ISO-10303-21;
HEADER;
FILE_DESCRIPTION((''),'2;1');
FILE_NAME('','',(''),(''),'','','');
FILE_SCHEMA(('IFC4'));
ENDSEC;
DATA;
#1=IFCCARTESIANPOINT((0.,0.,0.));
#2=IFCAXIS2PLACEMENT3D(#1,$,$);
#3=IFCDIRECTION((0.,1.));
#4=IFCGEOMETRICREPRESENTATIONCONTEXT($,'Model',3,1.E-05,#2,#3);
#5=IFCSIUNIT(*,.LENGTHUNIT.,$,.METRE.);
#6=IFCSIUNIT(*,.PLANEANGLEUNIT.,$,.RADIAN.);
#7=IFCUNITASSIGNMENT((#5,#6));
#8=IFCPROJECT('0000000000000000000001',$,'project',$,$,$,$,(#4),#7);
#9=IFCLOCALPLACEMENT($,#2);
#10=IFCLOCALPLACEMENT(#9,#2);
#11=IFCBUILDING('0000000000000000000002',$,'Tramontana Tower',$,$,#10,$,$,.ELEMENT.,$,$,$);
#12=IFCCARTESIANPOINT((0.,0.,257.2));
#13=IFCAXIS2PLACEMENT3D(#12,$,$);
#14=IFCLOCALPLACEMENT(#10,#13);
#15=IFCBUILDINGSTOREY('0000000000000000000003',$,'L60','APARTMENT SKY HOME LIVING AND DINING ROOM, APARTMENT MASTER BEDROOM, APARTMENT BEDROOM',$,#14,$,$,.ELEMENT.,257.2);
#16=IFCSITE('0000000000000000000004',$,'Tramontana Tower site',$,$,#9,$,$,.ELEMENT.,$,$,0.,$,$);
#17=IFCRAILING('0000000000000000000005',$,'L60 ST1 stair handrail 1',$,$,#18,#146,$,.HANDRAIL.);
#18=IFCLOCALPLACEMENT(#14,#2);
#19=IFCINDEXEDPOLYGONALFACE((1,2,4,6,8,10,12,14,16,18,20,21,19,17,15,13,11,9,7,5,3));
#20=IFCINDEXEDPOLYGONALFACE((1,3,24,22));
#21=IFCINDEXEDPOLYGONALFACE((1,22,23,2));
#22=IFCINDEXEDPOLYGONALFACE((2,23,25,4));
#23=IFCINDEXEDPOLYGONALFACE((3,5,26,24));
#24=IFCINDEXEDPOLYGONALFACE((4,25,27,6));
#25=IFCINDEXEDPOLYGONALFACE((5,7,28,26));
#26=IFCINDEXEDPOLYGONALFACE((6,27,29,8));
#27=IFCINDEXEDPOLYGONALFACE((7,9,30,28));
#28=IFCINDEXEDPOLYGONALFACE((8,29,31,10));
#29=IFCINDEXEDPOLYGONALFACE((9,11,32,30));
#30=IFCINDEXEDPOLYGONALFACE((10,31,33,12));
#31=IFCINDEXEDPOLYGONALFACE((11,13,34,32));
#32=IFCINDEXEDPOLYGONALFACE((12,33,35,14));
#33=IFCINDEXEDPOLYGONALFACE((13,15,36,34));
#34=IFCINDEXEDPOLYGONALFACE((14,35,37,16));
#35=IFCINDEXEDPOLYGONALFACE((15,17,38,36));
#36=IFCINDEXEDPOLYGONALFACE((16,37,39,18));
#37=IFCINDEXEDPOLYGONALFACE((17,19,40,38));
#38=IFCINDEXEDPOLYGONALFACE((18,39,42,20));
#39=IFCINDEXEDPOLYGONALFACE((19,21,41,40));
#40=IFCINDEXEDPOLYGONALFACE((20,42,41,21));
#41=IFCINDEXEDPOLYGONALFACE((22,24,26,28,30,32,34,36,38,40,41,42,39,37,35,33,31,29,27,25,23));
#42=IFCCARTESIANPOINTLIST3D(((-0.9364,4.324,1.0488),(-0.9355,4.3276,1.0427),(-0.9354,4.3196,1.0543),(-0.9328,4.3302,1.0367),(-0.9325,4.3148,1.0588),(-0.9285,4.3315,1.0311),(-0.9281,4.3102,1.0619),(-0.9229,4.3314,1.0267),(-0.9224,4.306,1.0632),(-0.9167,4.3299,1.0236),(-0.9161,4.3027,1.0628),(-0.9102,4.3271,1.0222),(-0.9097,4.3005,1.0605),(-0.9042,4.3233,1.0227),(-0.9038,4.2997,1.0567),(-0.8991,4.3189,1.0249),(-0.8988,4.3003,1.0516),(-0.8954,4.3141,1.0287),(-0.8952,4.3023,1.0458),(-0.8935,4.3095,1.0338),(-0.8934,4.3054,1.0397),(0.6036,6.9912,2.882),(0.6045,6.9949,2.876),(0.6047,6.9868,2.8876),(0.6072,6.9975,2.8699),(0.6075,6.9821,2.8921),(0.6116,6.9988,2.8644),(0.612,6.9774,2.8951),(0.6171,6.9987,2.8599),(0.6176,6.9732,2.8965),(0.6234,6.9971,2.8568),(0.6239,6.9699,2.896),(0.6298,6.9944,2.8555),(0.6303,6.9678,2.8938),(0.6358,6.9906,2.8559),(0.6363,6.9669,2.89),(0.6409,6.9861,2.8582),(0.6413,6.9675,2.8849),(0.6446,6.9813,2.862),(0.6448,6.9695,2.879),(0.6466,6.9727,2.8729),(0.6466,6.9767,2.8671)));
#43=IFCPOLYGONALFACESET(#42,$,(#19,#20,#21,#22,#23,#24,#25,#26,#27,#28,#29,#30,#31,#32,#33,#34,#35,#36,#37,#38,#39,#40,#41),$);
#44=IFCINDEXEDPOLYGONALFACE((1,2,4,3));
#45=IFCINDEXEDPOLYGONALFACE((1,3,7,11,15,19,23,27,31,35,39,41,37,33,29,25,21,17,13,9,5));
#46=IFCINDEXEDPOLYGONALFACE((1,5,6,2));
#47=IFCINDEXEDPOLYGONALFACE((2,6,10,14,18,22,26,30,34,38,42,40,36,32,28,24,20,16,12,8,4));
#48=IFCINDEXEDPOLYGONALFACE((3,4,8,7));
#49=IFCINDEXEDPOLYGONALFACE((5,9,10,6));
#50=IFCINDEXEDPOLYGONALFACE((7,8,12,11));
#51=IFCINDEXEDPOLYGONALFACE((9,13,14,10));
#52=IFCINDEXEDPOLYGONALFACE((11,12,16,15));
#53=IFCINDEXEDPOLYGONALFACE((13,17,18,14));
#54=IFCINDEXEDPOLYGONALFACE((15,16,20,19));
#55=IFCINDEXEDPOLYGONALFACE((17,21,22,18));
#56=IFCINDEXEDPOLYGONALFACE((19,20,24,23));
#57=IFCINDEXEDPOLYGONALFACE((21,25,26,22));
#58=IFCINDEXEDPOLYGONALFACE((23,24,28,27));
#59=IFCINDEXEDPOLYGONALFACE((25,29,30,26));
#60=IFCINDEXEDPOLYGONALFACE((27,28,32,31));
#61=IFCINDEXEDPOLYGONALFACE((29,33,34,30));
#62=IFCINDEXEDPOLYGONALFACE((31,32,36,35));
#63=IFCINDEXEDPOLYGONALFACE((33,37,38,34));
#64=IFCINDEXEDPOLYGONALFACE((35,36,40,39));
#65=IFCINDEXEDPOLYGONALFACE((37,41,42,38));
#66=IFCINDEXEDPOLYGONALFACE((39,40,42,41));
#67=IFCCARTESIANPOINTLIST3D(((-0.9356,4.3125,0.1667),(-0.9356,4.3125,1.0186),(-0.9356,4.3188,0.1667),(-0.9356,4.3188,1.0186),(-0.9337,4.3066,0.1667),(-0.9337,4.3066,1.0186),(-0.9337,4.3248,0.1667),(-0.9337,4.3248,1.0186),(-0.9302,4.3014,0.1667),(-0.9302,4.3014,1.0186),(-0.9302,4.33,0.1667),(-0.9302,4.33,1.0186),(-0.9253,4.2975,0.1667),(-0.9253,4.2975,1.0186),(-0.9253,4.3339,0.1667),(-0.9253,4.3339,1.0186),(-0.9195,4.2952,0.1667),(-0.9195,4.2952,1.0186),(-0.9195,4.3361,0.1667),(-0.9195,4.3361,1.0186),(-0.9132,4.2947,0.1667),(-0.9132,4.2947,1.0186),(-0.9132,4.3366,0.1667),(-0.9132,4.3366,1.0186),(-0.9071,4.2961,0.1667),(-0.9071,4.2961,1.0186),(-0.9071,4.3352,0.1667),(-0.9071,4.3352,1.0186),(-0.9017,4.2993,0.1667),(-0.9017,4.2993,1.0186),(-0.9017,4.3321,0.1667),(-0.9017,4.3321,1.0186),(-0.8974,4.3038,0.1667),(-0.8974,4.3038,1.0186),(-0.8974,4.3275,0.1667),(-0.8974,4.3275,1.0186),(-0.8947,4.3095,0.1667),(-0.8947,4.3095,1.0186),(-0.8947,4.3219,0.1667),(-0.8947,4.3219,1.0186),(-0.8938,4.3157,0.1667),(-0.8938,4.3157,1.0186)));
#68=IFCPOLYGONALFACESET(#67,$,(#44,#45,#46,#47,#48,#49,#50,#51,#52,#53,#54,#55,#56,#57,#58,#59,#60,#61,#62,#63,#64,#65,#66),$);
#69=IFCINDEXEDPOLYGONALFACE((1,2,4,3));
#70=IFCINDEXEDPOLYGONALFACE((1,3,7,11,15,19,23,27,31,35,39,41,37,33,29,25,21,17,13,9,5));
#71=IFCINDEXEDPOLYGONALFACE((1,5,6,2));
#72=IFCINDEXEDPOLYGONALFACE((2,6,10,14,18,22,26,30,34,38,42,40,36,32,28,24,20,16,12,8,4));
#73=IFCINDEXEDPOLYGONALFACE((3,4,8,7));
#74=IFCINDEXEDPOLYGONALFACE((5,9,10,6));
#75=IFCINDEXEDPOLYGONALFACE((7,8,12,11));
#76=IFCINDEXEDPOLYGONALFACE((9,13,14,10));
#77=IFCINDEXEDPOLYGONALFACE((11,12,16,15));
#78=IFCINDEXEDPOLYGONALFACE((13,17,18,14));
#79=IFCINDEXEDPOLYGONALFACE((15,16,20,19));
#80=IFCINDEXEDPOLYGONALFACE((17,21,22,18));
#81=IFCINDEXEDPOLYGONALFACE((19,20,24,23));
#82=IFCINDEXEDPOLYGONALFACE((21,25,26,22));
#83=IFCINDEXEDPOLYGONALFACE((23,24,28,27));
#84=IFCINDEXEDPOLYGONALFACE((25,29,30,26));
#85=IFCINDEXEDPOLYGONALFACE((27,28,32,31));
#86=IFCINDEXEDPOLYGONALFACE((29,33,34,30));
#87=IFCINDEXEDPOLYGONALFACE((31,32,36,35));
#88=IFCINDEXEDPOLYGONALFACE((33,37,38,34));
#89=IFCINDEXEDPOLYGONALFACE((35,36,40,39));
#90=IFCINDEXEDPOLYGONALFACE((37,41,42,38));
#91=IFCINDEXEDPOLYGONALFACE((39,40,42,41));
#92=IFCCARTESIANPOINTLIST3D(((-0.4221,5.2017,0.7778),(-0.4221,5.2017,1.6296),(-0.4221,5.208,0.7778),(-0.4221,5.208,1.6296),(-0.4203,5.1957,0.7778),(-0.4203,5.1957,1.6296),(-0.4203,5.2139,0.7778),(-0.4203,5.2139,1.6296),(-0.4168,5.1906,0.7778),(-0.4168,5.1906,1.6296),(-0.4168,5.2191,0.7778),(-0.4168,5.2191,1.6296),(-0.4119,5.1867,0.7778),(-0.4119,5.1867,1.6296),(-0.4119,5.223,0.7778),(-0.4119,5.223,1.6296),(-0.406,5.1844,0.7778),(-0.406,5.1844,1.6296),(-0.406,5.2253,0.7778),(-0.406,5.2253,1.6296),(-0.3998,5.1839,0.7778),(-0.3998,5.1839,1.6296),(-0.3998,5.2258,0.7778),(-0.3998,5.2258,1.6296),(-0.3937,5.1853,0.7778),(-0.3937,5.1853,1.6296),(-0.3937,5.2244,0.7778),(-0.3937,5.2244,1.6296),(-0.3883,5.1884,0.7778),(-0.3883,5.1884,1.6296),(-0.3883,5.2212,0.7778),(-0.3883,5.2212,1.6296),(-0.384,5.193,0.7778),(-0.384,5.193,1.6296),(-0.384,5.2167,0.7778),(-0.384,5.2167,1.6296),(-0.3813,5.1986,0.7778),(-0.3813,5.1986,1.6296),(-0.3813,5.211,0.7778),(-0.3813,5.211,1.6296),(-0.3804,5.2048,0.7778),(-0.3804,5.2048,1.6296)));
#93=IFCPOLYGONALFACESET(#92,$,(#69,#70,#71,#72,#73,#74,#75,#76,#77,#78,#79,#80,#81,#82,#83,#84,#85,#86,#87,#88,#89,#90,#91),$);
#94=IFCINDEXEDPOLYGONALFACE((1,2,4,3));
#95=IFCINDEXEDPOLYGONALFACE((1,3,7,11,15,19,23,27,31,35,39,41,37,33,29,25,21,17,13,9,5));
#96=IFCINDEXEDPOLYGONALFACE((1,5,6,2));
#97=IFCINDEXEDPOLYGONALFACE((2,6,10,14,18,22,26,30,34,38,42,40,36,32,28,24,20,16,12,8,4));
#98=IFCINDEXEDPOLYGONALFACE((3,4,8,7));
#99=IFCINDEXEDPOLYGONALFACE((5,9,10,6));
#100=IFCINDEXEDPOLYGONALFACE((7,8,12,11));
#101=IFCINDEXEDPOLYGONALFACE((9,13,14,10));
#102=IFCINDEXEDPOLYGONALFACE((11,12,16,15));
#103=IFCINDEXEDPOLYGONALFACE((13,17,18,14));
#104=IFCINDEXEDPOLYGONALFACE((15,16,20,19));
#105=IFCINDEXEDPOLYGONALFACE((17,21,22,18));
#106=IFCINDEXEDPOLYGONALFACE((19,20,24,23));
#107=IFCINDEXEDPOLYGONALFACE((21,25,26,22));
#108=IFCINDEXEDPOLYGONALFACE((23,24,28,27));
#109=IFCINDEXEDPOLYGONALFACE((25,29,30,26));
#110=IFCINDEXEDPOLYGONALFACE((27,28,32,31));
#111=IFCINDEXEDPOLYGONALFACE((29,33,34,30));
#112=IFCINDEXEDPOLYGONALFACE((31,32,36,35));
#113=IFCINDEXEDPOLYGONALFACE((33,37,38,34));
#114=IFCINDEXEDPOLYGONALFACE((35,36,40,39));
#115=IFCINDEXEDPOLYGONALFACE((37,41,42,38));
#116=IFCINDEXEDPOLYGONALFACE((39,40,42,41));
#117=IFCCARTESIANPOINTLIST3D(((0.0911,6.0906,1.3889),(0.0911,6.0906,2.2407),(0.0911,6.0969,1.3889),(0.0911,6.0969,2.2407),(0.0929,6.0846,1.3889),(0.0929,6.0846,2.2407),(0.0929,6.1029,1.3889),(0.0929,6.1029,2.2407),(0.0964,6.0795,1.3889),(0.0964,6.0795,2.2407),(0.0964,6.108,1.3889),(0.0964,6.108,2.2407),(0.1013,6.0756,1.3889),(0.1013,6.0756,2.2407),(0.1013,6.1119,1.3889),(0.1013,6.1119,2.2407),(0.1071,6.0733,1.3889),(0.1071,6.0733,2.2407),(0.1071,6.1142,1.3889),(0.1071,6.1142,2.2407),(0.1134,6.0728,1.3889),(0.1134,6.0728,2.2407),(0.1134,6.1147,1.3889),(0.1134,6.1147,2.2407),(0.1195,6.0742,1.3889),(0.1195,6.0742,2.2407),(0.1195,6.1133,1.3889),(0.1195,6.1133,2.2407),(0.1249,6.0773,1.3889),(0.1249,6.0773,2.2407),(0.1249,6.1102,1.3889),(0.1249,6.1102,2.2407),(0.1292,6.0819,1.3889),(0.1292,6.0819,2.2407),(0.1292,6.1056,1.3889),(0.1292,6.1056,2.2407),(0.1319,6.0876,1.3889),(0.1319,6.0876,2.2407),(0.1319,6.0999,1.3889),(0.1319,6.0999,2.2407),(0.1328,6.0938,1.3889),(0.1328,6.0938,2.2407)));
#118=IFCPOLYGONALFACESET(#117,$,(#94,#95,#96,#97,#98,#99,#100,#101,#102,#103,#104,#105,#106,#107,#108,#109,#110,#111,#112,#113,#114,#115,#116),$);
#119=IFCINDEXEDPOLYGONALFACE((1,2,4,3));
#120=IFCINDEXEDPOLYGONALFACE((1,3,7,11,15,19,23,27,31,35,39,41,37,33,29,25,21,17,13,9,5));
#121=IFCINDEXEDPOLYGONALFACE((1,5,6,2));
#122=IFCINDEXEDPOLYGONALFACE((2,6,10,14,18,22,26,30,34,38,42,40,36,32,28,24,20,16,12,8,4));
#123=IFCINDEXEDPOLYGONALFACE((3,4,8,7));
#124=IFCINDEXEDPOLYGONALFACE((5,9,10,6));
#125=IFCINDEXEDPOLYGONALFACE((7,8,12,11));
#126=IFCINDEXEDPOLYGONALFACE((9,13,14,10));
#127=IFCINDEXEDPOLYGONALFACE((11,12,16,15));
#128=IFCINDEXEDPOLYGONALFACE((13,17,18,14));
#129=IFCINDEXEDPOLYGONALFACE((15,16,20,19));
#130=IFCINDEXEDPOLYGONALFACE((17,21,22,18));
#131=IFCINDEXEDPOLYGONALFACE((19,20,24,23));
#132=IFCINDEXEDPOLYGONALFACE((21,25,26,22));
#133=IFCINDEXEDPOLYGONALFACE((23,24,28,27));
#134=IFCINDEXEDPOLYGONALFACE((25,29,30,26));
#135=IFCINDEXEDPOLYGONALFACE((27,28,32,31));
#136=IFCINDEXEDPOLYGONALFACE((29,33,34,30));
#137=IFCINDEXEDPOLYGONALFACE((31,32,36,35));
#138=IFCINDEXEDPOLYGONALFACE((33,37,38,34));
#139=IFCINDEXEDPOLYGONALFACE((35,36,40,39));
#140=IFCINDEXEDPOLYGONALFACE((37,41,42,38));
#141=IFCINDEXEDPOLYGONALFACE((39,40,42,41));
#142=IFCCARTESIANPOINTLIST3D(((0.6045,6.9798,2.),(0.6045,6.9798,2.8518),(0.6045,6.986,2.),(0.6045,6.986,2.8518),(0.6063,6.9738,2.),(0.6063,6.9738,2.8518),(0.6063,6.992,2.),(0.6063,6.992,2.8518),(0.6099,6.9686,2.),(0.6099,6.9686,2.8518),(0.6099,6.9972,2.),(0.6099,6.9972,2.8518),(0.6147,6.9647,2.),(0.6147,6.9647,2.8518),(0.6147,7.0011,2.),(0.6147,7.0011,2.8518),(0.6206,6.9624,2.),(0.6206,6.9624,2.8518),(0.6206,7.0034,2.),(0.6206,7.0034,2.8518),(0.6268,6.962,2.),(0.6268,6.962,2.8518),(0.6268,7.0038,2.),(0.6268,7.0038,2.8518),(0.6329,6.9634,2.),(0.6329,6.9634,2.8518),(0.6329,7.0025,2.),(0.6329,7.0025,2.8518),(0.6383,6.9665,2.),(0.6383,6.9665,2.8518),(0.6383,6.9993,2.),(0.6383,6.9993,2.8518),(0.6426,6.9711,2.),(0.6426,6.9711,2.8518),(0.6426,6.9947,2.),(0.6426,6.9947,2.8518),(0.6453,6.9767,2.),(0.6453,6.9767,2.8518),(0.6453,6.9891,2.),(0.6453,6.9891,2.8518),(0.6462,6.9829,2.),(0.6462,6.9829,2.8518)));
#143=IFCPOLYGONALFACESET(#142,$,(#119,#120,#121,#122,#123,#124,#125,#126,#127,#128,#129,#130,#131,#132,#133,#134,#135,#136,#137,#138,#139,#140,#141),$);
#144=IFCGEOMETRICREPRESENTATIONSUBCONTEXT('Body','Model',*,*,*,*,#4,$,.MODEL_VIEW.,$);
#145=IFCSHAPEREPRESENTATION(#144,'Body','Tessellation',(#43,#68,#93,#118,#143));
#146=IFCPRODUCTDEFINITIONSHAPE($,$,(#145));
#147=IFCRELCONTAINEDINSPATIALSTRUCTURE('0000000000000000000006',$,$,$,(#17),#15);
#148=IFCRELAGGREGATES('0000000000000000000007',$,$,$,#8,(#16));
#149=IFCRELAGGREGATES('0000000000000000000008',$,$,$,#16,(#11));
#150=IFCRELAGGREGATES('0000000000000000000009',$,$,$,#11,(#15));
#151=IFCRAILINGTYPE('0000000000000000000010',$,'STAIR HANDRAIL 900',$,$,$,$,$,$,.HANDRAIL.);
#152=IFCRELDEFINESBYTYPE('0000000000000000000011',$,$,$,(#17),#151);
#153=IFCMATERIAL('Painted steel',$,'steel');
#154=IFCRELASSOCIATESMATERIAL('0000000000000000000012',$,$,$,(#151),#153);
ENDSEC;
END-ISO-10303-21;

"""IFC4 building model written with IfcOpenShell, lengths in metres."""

from ifc_helpers import new_model, si_unit, direction, frame, origin, origin_2d, place, context, subcontext, project, spatial, circle, extrude, material, type_object, element, save


model = new_model("IFC4")

# Units and contexts
model_context = context("Model", 3, precision=1e-05, world=origin(), true_north=direction((0.0, 1.0)))
body_context = subcontext(model_context, "Body", "Model", "MODEL_VIEW")
ifc_project = project(units=[si_unit("LENGTHUNIT", "METRE"), si_unit("PLANEANGLEUNIT", "RADIAN")], contexts=[model_context])

# Site, building, storey
site_placement = place(None, origin())
site = spatial("IfcSite", under=ifc_project, at=site_placement, Name="Tramontana Tower site", CompositionType="ELEMENT", RefElevation=0.0)
building_placement = place(site_placement, origin())
building = spatial("IfcBuilding", under=site, at=building_placement, Name="Tramontana Tower", CompositionType="ELEMENT")
storey_placement = place(building_placement, frame((0.0, 0.0, 257.2)))
storey = spatial("IfcBuildingStorey", under=building, at=storey_placement, Name="L60", Description="APARTMENT SKY HOME LIVING AND DINING ROOM, APARTMENT MASTER BEDROOM, APARTMENT BEDROOM", CompositionType="ELEMENT", Elevation=257.2)

# Railing
ifc_material_1 = material(Name="Painted steel", Category="steel")
railing_type_1 = type_object("IfcRailingType", Name="STAIR HANDRAIL 900", PredefinedType="HANDRAIL", material=ifc_material_1)
railing_1_placement = place(storey_placement, frame((-0.9148, 4.3157, 0.1667)))
element("IfcRailing", 1, at=railing_1_placement, inside=storey, type_object=railing_type_1, Name="L60 ST1 stair handrail 1", PredefinedType="HANDRAIL", context=body_context, shape_type="SweptSolid", body=[
    extrude(circle(Radius=0.0239, at=origin_2d()), frame((0.0, 0.0, 0.876), z_axis=(0.429671, 0.744159, 0.511478), x_axis=(-0.86601, 0.500027, 0.0)), (0.0, 0.0, 1.0), 3.5842),
    extrude(circle(Radius=0.021, at=origin_2d()), origin(), (0.0, 0.0, 1.0), 0.8518),
    extrude(circle(Radius=0.021, at=origin_2d()), frame((0.5134, 0.8892, 0.6111)), (0.0, 0.0, 1.0), 0.8518),
    extrude(circle(Radius=0.021, at=origin_2d()), frame((1.0266, 1.7781, 1.2222)), (0.0, 0.0, 1.0), 0.8518),
    extrude(circle(Radius=0.021, at=origin_2d()), frame((1.54, 2.6672, 1.8333)), (0.0, 0.0, 1.0), 0.8518),
])

save(model, "model.ifc")
